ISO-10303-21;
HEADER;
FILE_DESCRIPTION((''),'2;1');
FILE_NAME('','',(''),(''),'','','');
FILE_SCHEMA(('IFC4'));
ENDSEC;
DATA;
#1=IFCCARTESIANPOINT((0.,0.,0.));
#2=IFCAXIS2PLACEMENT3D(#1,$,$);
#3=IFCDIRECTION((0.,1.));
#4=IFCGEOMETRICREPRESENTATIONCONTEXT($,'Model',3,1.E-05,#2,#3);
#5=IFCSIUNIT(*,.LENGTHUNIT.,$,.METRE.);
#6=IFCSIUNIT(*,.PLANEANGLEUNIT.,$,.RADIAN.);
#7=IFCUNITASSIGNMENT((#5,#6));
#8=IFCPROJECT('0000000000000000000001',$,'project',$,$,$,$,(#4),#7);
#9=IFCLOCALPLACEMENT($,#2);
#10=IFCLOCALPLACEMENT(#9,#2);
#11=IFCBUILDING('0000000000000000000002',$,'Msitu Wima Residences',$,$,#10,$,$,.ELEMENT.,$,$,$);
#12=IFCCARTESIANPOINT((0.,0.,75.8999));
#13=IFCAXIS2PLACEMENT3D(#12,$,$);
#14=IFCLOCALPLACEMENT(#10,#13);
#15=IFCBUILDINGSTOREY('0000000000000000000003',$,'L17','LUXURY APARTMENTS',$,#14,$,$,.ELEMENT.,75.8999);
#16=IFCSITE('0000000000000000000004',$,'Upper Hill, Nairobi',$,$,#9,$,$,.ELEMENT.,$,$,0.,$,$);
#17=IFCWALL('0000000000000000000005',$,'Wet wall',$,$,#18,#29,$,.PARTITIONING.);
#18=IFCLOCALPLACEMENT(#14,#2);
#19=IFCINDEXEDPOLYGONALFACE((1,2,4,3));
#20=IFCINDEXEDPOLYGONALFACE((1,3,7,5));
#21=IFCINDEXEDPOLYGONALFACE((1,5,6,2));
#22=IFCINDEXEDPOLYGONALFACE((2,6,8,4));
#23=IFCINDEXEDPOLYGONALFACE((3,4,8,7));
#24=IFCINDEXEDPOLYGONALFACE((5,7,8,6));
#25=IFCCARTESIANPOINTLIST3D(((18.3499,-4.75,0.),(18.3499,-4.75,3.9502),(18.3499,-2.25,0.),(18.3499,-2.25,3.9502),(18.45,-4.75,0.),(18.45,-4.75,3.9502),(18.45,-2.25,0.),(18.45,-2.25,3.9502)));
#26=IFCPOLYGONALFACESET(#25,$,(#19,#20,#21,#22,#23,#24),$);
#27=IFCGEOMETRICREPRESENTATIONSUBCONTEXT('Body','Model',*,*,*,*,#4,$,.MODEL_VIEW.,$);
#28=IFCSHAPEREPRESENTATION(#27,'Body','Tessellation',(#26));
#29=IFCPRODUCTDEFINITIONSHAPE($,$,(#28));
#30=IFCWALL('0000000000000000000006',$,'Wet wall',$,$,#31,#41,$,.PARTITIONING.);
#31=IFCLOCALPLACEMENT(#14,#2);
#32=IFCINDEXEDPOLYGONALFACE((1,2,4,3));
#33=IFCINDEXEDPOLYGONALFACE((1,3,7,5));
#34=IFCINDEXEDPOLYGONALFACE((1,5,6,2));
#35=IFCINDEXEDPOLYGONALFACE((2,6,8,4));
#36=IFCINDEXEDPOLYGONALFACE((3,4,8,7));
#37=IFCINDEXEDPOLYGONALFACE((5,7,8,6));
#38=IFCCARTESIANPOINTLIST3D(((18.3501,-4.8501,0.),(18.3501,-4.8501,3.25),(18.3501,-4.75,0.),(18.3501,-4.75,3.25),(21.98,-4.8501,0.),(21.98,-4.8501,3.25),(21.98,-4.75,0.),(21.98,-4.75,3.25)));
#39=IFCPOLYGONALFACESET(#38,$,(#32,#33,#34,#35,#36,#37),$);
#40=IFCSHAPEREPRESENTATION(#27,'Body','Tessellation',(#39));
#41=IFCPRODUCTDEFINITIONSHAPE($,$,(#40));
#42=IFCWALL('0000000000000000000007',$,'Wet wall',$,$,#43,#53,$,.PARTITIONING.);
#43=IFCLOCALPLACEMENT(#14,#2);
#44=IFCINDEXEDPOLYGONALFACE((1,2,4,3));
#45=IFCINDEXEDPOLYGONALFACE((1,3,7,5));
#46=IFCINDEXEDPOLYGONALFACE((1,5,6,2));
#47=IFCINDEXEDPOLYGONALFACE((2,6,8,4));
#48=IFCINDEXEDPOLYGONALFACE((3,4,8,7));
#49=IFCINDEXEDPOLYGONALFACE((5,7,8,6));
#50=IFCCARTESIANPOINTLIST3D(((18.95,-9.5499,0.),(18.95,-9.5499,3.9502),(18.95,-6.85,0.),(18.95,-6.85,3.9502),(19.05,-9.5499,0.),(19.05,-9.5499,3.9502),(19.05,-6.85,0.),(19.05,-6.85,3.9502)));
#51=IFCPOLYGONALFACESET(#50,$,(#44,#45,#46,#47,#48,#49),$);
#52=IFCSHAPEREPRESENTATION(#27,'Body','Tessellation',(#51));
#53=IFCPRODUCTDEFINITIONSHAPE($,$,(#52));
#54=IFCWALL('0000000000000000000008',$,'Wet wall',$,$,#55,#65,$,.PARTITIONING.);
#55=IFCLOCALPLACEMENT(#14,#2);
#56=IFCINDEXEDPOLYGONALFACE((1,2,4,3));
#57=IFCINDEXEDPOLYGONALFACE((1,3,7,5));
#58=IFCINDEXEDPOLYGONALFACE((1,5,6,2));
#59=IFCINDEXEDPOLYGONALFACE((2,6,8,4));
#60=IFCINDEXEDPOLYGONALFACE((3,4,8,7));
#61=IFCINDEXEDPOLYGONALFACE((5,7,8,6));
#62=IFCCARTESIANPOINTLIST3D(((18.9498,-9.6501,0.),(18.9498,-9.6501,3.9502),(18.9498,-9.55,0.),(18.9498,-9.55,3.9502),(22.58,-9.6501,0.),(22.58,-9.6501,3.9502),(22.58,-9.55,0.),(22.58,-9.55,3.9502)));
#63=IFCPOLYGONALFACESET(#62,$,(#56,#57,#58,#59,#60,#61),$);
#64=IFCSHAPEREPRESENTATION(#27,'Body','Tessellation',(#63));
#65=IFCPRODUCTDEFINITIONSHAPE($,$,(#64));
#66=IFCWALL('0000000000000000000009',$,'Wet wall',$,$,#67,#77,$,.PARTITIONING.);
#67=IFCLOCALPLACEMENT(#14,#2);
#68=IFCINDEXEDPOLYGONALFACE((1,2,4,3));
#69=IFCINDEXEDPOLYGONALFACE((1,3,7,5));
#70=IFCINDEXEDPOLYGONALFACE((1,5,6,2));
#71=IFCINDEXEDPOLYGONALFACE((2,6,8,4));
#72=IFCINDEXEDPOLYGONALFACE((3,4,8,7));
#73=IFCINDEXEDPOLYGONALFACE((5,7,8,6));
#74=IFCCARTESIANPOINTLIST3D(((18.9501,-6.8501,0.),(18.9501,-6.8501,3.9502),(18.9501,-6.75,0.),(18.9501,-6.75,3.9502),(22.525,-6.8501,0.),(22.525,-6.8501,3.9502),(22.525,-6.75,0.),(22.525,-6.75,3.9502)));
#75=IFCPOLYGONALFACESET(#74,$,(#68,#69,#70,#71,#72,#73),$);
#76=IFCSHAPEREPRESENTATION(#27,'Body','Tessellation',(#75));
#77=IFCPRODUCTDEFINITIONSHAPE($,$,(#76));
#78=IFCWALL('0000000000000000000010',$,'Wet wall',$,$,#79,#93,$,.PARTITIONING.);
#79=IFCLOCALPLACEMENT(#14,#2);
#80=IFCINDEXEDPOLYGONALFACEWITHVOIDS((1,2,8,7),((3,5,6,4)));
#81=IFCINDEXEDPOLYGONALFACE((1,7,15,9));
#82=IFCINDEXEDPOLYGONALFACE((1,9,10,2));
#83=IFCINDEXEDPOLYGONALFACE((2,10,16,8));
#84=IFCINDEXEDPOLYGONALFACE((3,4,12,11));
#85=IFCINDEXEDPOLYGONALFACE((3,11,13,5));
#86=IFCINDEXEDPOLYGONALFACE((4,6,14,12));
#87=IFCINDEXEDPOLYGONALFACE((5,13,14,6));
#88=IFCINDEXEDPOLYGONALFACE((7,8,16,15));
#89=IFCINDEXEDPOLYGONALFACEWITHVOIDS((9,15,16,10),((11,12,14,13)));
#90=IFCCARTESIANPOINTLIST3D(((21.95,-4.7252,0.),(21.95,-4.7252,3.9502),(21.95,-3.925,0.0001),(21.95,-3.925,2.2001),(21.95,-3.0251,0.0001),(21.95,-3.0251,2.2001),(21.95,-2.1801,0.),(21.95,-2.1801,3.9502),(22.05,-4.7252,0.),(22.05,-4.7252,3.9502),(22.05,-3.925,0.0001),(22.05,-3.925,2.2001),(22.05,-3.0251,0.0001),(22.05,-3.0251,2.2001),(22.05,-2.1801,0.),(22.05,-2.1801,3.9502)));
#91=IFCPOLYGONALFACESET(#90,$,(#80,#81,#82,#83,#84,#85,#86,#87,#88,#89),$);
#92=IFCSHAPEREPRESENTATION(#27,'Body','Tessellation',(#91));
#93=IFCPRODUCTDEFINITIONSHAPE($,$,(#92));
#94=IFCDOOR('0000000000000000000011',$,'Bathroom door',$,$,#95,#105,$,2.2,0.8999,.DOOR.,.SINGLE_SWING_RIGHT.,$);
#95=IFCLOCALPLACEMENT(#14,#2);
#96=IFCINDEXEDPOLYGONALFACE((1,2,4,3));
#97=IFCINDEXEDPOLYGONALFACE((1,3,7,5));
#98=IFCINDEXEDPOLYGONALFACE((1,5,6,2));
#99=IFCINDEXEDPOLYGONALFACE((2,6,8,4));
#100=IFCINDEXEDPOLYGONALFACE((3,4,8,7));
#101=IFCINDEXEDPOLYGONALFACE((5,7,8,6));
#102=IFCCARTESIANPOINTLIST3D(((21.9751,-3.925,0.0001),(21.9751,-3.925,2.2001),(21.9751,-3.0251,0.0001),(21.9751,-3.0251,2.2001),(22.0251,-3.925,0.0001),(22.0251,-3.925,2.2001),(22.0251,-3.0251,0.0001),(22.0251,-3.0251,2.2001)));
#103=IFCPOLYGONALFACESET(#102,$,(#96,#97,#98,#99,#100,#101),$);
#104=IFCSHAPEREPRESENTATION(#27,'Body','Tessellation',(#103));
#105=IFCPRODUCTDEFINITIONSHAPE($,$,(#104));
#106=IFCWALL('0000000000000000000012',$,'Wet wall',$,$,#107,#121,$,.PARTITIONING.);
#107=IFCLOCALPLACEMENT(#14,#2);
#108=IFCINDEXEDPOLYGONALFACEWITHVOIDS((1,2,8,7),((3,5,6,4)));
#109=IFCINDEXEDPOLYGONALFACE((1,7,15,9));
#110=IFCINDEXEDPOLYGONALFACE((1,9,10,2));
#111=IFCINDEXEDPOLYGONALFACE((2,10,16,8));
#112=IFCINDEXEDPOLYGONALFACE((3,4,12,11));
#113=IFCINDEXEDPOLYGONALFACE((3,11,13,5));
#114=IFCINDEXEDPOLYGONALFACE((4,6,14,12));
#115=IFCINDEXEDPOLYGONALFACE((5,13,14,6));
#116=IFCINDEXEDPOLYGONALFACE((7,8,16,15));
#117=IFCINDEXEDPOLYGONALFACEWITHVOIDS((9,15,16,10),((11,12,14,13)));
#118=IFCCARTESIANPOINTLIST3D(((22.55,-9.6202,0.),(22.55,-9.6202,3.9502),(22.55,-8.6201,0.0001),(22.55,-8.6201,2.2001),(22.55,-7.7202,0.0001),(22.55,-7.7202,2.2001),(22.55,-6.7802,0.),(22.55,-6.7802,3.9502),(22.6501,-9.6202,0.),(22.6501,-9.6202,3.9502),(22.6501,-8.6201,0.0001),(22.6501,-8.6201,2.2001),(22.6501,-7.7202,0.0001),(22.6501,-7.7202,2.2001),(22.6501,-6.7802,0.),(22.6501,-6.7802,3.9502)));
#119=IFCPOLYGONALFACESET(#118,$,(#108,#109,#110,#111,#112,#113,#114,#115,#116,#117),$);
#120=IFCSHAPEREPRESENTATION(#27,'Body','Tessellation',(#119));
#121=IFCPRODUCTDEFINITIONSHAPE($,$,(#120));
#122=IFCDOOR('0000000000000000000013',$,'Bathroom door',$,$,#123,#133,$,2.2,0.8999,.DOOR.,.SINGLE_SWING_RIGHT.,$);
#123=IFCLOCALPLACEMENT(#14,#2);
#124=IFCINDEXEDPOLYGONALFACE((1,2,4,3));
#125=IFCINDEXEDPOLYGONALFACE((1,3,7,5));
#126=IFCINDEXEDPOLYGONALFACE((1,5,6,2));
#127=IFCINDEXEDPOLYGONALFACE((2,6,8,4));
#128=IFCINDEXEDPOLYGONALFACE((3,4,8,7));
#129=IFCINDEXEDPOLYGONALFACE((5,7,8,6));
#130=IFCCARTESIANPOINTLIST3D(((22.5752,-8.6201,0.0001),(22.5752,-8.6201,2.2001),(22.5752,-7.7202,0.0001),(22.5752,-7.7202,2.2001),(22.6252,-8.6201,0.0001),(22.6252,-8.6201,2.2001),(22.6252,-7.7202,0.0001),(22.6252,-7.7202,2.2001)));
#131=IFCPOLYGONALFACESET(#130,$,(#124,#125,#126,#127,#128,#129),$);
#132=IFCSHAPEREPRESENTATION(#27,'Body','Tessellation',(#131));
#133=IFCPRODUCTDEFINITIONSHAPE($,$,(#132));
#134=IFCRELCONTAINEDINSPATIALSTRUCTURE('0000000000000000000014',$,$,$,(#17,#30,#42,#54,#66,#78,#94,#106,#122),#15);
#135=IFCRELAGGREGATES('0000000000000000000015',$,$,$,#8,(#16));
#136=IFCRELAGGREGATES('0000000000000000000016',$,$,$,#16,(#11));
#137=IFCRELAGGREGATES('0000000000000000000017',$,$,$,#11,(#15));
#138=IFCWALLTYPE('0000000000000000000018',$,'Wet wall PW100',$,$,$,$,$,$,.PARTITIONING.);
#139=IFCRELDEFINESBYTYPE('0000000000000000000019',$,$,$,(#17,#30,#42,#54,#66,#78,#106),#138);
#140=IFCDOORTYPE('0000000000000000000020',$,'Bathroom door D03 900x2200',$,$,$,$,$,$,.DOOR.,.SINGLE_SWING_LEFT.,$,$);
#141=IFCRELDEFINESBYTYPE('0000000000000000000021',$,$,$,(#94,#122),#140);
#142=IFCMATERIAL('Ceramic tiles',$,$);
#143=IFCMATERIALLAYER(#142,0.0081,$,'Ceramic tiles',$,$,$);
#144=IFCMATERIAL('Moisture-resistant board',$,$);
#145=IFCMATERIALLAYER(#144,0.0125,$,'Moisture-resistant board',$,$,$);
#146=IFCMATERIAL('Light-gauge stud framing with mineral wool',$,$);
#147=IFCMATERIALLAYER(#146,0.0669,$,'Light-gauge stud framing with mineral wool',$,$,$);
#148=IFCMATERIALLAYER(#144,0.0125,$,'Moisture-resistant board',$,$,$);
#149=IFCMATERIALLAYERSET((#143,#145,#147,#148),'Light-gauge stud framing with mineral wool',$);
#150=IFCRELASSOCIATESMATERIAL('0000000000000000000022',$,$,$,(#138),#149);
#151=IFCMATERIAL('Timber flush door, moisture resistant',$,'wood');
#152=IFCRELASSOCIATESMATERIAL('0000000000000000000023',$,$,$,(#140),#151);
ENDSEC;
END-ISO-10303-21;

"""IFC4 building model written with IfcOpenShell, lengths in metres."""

from ifc_helpers import new_model, si_unit, direction, frame, frame_2d, origin, place, context, subcontext, project, spatial, rectangle, extrude, material, layer, layer_set, type_object, element, fill, save


model = new_model("IFC4")

# Units and contexts
model_context = context("Model", 3, precision=1e-05, world=origin(), true_north=direction((0.0, 1.0)))
body_context = subcontext(model_context, "Body", "Model", "MODEL_VIEW")
ifc_project = project(units=[si_unit("LENGTHUNIT", "METRE"), si_unit("PLANEANGLEUNIT", "RADIAN")], contexts=[model_context])

# Site, building, storey
site_placement = place(None, origin())
site = spatial("IfcSite", under=ifc_project, at=site_placement, Name="Upper Hill, Nairobi", CompositionType="ELEMENT", RefElevation=0.0)
building_placement = place(site_placement, origin())
building = spatial("IfcBuilding", under=site, at=building_placement, Name="Msitu Wima Residences", CompositionType="ELEMENT")
storey_placement = place(building_placement, frame((0.0, 0.0, 75.8999)))
storey = spatial("IfcBuildingStorey", under=building, at=storey_placement, Name="L17", Description="LUXURY APARTMENTS", CompositionType="ELEMENT", Elevation=75.8999)

# Walls
ifc_material_1 = material(Name="Ceramic tiles")
ifc_layer_1 = layer(ifc_material_1, 0.0081, Name="Ceramic tiles")
ifc_material_2 = material(Name="Moisture-resistant board")
ifc_layer_2 = layer(ifc_material_2, 0.0125, Name="Moisture-resistant board")
ifc_material_3 = material(Name="Light-gauge stud framing with mineral wool")
ifc_layer_3 = layer(ifc_material_3, 0.0669, Name="Light-gauge stud framing with mineral wool")
ifc_layer_4 = layer(ifc_material_2, 0.0125, Name="Moisture-resistant board")
ifc_layer_set_1 = layer_set([ifc_layer_1, ifc_layer_2, ifc_layer_3, ifc_layer_4], Name="Light-gauge stud framing with mineral wool")
wall_type_1 = type_object("IfcWallType", Name="Wet wall PW100", PredefinedType="PARTITIONING", material=ifc_layer_set_1)
wall_1_placement = place(storey_placement, frame((18.3999, -4.75, 0.0), z_axis=(0.0, 0.0, 1.0), x_axis=(0.0, 1.0, 0.0)))
element("IfcWall", 1, at=wall_1_placement, inside=storey, type_object=wall_type_1, Name="Wet wall", PredefinedType="PARTITIONING", context=body_context, shape_type="SweptSolid", body=[
    extrude(rectangle(XDim=2.5, YDim=0.1001, at=frame_2d((1.25, 0.0))), origin(), (0.0, 0.0, 1.0), 3.9502),
])
wall_2_placement = place(storey_placement, frame((18.3501, -4.8, 0.0), z_axis=(0.0, 0.0, 1.0), x_axis=(1.0, 0.0, 0.0)))
element("IfcWall", 2, at=wall_2_placement, inside=storey, type_object=wall_type_1, Name="Wet wall", PredefinedType="PARTITIONING", context=body_context, shape_type="SweptSolid", body=[
    extrude(rectangle(XDim=3.6299, YDim=0.1001, at=frame_2d((1.8149, 0.0))), origin(), (0.0, 0.0, 1.0), 3.25),
])
wall_3_placement = place(storey_placement, frame((19.0, -9.55, 0.0), z_axis=(0.0, 0.0, 1.0), x_axis=(0.0, 1.0, 0.0)))
element("IfcWall", 3, at=wall_3_placement, inside=storey, type_object=wall_type_1, Name="Wet wall", PredefinedType="PARTITIONING", context=body_context, shape_type="SweptSolid", body=[
    extrude(rectangle(XDim=2.7, YDim=0.1001, at=frame_2d((1.3501, 0.0))), origin(), (0.0, 0.0, 1.0), 3.9502),
])
wall_4_placement = place(storey_placement, frame((18.95, -9.6001, 0.0), z_axis=(0.0, 0.0, 1.0), x_axis=(1.0, 0.0, 0.0)))
element("IfcWall", 4, at=wall_4_placement, inside=storey, type_object=wall_type_1, Name="Wet wall", PredefinedType="PARTITIONING", context=body_context, shape_type="SweptSolid", body=[
    extrude(rectangle(XDim=3.6301, YDim=0.1001, at=frame_2d((1.8149, 0.0))), origin(), (0.0, 0.0, 1.0), 3.9502),
])
wall_5_placement = place(storey_placement, frame((18.95, -6.8, 0.0), z_axis=(0.0, 0.0, 1.0), x_axis=(1.0, 0.0, 0.0)))
element("IfcWall", 5, at=wall_5_placement, inside=storey, type_object=wall_type_1, Name="Wet wall", PredefinedType="PARTITIONING", context=body_context, shape_type="SweptSolid", body=[
    extrude(rectangle(XDim=3.575, YDim=0.1001, at=frame_2d((1.7876, 0.0))), origin(), (0.0, 0.0, 1.0), 3.9502),
])

# Walls, openings, doors
wall_6_placement = place(storey_placement, frame((22.0, -4.7251, 0.0), z_axis=(0.0, 0.0, 1.0), x_axis=(0.0, 1.0, 0.0)))
wall_6 = element("IfcWall", 6, at=wall_6_placement, inside=storey, type_object=wall_type_1, Name="Wet wall", PredefinedType="PARTITIONING", context=body_context, shape_type="SweptSolid", body=[
    extrude(rectangle(XDim=2.5452, YDim=0.1001, at=frame_2d((1.2725, 0.0))), origin(), (0.0, 0.0, 1.0), 3.9502),
])
opening_1_placement = place(wall_6_placement, frame((0.8, 0.0, 0.0)))
opening_1 = element("IfcOpeningElement", 7, at=opening_1_placement, cuts=wall_6, PredefinedType="OPENING", context=body_context, shape_type="SweptSolid", body=[
    extrude(rectangle(XDim=0.8999, YDim=2.2, at=frame_2d((0.45, 1.1001))), frame((0.0, 0.0601, 0.0), z_axis=(0.0, -1.0, 0.0), x_axis=(1.0, 0.0, 0.0)), (0.0, 0.0, 1.0), 0.1201),
])
ifc_material_4 = material(Name="Timber flush door, moisture resistant", Category="wood")
door_type_1 = type_object("IfcDoorType", Name="Bathroom door D03 900x2200", OperationType="SINGLE_SWING_LEFT", PredefinedType="DOOR", material=ifc_material_4)
door_1_placement = place(opening_1_placement, origin())
door_1 = element("IfcDoor", 8, at=door_1_placement, inside=storey, type_object=door_type_1, Name="Bathroom door", OperationType="SINGLE_SWING_RIGHT", OverallHeight=2.2, OverallWidth=0.8999, PredefinedType="DOOR", context=body_context, shape_type="SweptSolid", body=[
    extrude(rectangle(XDim=0.8999, YDim=2.2, at=frame_2d((0.45, 1.1001))), frame((0.0, 0.0249, 0.0), z_axis=(0.0, -1.0, 0.0), x_axis=(1.0, 0.0, 0.0)), (0.0, 0.0, 1.0), 0.05),
])
fill(opening_1, door_1)
wall_7_placement = place(storey_placement, frame((22.6001, -9.6201, 0.0), z_axis=(0.0, 0.0, 1.0), x_axis=(0.0, 1.0, 0.0)))
wall_7 = element("IfcWall", 9, at=wall_7_placement, inside=storey, type_object=wall_type_1, Name="Wet wall", PredefinedType="PARTITIONING", context=body_context, shape_type="SweptSolid", body=[
    extrude(rectangle(XDim=2.8401, YDim=0.1001, at=frame_2d((1.4199, 0.0))), origin(), (0.0, 0.0, 1.0), 3.9502),
])
opening_2_placement = place(wall_7_placement, frame((1.0, 0.0, 0.0)))
opening_2 = element("IfcOpeningElement", 10, at=opening_2_placement, cuts=wall_7, PredefinedType="OPENING", context=body_context, shape_type="SweptSolid", body=[
    extrude(rectangle(XDim=0.8999, YDim=2.2, at=frame_2d((0.45, 1.1001))), frame((0.0, 0.0601, 0.0), z_axis=(0.0, -1.0, 0.0), x_axis=(1.0, 0.0, 0.0)), (0.0, 0.0, 1.0), 0.1201),
])
door_2_placement = place(opening_2_placement, origin())
door_2 = element("IfcDoor", 11, at=door_2_placement, inside=storey, type_object=door_type_1, Name="Bathroom door", OperationType="SINGLE_SWING_RIGHT", OverallHeight=2.2, OverallWidth=0.8999, PredefinedType="DOOR", context=body_context, shape_type="SweptSolid", body=[
    extrude(rectangle(XDim=0.8999, YDim=2.2, at=frame_2d((0.45, 1.1001))), frame((0.0, 0.0249, 0.0), z_axis=(0.0, -1.0, 0.0), x_axis=(1.0, 0.0, 0.0)), (0.0, 0.0, 1.0), 0.05),
])
fill(opening_2, door_2)

save(model, "model.ifc")
